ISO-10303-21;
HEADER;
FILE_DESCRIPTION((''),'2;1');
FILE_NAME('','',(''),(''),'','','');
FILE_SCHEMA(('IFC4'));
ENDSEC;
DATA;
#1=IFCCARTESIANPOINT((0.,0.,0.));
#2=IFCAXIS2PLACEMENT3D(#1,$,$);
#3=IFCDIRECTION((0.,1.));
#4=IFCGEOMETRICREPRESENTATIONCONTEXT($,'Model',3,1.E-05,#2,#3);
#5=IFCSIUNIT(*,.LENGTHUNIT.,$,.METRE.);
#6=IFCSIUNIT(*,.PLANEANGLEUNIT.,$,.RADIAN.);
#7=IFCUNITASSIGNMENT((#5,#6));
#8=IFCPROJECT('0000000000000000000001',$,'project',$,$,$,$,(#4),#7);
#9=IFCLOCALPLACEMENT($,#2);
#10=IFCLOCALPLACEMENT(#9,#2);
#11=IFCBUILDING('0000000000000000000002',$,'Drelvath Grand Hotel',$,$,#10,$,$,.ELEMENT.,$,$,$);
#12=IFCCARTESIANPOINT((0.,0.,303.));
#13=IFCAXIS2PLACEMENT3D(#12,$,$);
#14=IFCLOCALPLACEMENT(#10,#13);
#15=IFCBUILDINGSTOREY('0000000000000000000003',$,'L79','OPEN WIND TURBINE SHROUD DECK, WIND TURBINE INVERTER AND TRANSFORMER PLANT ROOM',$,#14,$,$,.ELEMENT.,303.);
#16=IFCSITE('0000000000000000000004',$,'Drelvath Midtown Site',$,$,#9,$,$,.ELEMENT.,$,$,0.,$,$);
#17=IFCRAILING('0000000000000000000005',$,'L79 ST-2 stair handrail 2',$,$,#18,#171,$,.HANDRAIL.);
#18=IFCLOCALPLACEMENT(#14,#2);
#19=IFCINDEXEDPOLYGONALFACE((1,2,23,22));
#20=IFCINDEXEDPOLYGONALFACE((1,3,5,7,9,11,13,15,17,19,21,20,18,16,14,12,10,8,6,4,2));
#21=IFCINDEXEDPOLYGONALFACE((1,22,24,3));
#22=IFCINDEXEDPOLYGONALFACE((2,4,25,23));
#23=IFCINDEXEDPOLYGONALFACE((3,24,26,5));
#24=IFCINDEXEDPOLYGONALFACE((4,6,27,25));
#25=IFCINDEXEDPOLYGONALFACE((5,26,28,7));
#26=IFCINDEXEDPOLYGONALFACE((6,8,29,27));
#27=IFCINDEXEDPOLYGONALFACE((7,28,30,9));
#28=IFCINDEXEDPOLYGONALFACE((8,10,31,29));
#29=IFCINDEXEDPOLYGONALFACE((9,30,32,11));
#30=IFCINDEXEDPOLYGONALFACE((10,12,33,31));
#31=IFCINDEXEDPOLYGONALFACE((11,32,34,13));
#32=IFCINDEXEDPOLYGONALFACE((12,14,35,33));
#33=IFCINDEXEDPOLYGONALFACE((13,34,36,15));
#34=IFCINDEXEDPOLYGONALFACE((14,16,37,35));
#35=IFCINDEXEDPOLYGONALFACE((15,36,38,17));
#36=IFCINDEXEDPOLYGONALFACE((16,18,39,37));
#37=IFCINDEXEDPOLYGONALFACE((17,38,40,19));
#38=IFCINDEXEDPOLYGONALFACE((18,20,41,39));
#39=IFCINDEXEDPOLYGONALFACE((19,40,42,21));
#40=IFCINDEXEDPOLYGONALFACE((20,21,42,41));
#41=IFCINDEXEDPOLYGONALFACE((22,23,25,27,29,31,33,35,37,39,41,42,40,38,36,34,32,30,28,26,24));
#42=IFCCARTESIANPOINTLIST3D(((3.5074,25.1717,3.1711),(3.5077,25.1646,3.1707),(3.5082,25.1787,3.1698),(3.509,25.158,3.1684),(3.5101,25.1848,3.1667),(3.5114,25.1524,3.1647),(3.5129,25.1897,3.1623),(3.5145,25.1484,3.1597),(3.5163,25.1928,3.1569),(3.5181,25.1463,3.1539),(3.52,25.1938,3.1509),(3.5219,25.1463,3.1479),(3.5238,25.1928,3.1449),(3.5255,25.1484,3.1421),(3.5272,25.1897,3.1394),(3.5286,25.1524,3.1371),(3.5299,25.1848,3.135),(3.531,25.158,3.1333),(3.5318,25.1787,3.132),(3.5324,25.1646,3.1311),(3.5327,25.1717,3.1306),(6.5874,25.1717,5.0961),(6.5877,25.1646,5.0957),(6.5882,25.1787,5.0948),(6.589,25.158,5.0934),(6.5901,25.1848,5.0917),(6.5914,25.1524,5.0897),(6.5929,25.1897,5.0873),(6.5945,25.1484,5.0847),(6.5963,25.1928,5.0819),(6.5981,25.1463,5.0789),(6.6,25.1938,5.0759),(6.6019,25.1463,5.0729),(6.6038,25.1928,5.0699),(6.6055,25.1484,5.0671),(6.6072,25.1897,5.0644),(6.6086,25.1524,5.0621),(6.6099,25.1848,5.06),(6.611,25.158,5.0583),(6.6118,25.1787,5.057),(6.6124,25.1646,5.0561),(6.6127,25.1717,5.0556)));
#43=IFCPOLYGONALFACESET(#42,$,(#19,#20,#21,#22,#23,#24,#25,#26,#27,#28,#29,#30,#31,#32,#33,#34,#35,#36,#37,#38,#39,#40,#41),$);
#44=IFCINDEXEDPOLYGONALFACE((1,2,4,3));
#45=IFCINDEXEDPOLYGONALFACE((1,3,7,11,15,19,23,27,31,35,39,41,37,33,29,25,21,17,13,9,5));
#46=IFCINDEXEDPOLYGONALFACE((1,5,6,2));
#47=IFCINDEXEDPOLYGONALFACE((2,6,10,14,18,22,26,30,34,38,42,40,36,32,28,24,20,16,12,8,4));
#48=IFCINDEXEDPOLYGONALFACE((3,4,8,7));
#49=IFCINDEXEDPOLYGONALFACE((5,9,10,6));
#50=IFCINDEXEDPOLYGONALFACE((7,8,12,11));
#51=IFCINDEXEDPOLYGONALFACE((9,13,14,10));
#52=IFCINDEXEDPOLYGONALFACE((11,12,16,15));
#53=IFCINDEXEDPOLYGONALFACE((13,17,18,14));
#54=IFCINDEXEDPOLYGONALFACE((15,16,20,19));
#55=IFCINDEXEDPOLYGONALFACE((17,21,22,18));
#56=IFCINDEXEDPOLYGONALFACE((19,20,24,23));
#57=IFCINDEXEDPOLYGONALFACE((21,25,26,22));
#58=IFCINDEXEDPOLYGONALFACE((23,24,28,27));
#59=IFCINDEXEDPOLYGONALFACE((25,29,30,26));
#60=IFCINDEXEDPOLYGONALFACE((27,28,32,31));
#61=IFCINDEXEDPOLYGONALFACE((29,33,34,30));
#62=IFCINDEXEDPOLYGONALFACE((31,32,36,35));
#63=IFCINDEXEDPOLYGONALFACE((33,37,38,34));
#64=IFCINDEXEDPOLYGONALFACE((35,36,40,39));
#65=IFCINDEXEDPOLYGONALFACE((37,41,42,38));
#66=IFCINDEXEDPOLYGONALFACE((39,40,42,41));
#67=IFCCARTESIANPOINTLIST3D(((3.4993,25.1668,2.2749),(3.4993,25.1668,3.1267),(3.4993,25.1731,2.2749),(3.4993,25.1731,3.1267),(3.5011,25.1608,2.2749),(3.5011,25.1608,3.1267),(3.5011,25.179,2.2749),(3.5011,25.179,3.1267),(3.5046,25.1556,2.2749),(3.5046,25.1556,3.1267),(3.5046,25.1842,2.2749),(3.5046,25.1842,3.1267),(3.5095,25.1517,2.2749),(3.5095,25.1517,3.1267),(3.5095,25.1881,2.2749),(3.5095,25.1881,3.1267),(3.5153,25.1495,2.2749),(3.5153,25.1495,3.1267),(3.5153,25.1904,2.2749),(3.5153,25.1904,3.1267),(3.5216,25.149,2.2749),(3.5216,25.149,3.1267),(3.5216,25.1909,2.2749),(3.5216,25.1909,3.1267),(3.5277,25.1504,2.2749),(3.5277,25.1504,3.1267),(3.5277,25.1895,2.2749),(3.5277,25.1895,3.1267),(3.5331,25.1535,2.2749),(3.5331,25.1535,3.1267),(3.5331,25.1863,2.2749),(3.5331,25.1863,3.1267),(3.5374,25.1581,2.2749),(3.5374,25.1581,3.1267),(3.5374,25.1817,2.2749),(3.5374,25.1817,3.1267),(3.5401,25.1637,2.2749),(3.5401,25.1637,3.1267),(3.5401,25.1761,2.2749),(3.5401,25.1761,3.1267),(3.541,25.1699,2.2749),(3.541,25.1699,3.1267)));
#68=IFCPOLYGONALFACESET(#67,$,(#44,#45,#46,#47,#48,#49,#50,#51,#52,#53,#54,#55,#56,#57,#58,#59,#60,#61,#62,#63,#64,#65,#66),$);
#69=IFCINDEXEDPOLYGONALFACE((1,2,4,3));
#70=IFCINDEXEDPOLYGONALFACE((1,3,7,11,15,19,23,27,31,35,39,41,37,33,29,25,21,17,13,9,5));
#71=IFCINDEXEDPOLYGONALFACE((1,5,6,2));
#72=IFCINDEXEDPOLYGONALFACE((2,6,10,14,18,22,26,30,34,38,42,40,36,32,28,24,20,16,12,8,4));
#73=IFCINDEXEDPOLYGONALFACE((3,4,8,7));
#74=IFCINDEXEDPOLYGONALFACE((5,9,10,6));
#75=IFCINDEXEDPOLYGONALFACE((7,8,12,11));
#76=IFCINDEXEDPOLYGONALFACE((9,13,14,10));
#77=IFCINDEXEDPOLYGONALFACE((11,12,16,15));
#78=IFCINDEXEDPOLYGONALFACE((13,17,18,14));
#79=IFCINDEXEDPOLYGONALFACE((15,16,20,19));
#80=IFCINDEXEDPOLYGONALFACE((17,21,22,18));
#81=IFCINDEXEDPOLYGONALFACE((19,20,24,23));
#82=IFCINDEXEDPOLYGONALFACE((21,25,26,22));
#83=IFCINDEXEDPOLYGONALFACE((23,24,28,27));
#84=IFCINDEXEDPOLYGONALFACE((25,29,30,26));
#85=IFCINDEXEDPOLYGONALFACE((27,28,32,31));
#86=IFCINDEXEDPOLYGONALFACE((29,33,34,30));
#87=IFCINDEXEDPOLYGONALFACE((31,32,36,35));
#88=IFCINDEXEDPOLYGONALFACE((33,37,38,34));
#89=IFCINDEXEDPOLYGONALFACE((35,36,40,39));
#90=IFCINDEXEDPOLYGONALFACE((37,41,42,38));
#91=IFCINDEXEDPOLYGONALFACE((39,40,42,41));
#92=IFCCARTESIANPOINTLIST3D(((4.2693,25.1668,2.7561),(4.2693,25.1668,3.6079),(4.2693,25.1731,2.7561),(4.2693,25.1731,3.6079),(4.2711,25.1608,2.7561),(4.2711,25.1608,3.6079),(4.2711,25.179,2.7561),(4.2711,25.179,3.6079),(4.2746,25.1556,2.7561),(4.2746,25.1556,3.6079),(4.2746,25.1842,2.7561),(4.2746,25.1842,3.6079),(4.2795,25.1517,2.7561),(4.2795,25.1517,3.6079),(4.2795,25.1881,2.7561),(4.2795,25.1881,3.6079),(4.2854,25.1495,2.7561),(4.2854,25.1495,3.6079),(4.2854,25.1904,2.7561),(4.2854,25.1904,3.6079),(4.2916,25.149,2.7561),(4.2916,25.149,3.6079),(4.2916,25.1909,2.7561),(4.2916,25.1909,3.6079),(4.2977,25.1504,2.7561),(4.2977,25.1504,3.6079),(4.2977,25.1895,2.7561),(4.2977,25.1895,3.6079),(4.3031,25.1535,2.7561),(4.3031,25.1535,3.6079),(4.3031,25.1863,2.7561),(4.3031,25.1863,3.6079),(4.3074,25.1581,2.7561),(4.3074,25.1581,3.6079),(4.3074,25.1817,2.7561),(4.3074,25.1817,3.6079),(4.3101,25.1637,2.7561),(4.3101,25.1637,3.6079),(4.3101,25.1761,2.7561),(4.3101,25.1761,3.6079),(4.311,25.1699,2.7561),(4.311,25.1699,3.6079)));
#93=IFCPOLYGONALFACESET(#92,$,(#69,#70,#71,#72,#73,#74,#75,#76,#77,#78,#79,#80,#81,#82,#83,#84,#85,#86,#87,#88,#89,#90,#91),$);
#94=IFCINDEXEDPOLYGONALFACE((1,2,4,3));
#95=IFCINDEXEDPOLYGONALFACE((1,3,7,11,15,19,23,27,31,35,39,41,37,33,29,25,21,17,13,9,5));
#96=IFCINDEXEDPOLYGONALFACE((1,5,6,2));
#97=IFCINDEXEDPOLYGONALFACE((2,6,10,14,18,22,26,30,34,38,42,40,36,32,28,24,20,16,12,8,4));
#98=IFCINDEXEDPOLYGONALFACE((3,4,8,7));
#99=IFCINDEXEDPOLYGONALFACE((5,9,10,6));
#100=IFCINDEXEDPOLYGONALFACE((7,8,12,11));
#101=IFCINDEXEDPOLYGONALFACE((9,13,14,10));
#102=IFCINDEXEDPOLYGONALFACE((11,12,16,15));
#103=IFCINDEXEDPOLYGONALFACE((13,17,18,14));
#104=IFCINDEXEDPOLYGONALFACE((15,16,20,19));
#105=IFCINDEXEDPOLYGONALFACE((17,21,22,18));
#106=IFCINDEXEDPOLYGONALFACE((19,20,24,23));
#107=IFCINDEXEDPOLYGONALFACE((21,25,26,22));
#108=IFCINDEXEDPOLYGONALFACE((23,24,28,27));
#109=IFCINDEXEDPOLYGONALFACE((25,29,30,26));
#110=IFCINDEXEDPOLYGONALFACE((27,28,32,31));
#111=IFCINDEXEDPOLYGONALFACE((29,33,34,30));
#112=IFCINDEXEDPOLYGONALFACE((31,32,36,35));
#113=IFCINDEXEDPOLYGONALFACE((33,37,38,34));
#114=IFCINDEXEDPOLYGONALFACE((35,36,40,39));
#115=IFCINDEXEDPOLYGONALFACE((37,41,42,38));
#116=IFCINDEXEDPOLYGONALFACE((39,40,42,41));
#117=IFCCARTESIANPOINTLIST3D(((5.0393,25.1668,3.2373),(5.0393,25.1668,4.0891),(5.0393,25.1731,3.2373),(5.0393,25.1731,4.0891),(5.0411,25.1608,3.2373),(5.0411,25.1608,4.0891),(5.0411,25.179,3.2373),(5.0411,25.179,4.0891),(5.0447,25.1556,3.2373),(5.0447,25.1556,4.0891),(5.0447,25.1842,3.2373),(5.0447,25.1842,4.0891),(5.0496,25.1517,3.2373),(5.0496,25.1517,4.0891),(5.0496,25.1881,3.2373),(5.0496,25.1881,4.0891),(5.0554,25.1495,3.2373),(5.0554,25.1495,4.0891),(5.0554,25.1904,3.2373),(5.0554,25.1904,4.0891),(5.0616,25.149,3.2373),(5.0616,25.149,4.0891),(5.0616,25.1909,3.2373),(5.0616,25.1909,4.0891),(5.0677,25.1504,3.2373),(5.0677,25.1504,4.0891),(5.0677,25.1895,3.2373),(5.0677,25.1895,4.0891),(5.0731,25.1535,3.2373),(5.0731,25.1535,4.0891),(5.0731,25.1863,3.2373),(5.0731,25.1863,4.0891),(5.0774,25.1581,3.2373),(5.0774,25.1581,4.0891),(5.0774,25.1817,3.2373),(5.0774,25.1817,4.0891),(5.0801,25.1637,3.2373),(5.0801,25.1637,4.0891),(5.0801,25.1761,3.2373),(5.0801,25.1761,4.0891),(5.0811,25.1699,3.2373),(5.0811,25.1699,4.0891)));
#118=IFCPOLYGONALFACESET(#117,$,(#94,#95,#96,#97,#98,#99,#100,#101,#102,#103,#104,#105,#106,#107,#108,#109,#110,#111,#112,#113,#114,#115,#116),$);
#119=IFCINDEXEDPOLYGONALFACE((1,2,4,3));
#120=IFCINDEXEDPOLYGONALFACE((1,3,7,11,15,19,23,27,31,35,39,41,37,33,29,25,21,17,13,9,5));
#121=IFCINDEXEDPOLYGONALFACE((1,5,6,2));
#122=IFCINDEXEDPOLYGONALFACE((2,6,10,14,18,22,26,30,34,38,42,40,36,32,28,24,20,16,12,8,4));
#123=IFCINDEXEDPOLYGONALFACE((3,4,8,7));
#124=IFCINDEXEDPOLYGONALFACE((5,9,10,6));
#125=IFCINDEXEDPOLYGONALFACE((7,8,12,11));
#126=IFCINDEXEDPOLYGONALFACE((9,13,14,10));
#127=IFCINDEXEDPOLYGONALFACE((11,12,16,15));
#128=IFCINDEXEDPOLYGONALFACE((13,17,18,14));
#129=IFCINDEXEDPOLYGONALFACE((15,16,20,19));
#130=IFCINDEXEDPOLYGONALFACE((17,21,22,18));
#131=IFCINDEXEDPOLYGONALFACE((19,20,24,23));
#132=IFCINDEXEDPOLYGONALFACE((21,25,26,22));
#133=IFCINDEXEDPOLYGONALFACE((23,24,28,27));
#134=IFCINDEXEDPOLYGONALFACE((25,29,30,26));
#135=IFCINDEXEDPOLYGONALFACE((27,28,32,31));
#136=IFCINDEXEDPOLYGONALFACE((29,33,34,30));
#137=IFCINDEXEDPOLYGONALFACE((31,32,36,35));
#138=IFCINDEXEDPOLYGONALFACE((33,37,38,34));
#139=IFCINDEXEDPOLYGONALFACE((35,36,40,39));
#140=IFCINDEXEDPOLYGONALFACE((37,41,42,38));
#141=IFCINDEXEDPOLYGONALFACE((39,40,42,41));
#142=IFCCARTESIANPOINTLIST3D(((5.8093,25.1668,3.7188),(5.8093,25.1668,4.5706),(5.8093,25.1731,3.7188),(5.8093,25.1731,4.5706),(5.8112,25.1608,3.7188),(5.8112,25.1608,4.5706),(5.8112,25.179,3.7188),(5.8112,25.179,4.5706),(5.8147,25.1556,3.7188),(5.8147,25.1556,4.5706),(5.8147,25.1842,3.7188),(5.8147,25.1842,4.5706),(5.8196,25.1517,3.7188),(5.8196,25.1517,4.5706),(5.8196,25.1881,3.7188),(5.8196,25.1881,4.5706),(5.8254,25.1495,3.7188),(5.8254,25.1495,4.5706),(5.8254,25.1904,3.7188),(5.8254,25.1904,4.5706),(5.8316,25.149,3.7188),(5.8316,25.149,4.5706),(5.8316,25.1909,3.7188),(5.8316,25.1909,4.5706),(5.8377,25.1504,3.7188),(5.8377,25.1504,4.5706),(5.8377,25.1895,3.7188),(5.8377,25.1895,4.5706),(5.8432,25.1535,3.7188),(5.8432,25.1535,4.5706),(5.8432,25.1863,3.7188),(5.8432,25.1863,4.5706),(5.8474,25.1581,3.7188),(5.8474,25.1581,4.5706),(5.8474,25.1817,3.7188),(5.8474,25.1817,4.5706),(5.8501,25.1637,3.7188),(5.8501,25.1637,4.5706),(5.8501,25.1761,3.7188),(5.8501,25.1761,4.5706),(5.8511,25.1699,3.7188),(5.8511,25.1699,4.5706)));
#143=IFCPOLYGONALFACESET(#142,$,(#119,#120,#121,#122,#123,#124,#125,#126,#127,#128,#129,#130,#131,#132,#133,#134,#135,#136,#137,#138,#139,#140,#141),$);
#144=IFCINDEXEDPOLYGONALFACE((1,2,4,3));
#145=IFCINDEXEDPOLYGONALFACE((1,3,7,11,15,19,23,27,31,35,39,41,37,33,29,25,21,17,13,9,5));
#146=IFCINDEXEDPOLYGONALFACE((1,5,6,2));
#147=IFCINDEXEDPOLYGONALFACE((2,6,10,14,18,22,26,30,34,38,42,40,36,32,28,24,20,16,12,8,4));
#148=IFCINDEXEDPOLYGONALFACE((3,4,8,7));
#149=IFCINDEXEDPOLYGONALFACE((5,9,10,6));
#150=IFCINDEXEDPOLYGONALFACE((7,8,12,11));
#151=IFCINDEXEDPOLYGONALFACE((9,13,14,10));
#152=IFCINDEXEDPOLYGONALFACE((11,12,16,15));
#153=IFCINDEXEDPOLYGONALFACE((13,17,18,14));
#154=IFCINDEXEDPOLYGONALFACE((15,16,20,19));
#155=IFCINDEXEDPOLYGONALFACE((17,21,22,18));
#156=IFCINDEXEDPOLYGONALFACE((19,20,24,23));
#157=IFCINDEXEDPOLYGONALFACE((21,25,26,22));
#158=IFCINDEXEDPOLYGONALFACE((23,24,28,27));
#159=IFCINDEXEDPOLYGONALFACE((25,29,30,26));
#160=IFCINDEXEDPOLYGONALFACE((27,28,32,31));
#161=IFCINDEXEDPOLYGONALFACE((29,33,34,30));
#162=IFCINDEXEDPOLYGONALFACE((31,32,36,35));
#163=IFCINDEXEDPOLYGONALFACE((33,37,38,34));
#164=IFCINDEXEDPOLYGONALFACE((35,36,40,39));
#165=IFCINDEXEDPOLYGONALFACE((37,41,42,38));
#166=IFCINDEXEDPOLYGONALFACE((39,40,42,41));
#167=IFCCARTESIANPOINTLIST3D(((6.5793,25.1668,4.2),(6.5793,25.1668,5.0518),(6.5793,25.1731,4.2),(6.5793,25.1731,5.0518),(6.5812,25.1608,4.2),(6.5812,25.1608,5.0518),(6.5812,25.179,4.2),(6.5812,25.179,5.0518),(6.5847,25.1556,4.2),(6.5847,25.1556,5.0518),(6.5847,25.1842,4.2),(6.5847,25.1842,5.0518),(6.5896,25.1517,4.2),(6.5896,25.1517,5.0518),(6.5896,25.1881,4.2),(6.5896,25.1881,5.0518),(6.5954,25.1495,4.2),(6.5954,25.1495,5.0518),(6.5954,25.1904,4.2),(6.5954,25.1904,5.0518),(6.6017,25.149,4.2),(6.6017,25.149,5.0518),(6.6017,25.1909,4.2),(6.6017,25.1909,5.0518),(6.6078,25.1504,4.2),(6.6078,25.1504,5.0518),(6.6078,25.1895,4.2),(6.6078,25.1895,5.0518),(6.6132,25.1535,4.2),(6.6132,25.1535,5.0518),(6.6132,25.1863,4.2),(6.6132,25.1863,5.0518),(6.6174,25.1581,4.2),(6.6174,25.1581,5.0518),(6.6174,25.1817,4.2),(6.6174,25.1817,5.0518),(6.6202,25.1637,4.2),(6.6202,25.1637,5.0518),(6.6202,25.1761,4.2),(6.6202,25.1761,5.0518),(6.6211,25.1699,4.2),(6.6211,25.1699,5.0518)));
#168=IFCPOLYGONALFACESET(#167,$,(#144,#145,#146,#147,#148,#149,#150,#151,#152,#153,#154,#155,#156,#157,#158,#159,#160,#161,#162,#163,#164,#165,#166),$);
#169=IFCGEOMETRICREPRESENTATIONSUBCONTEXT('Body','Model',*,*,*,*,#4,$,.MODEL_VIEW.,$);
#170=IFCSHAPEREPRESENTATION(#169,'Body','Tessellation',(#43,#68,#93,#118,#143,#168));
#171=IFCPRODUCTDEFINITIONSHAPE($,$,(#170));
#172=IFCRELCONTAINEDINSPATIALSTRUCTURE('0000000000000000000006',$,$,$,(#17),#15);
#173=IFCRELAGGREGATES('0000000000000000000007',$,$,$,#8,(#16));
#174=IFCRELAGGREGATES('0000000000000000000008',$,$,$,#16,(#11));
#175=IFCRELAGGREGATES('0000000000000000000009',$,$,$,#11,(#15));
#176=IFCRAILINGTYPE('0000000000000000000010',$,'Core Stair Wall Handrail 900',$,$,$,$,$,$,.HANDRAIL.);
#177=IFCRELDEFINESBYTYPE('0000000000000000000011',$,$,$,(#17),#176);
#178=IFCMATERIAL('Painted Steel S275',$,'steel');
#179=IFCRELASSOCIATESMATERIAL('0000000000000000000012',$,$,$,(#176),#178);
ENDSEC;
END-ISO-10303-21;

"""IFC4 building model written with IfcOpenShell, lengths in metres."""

from ifc_helpers import new_model, si_unit, direction, frame, origin, origin_2d, place, context, subcontext, project, spatial, circle, extrude, material, type_object, element, save


model = new_model("IFC4")

# Units and contexts
model_context = context("Model", 3, precision=1e-05, world=origin(), true_north=direction((0.0, 1.0)))
body_context = subcontext(model_context, "Body", "Model", "MODEL_VIEW")
ifc_project = project(units=[si_unit("LENGTHUNIT", "METRE"), si_unit("PLANEANGLEUNIT", "RADIAN")], contexts=[model_context])

# Site, building, storey
site_placement = place(None, origin())
site = spatial("IfcSite", under=ifc_project, at=site_placement, Name="Drelvath Midtown Site", CompositionType="ELEMENT", RefElevation=0.0)
building_placement = place(site_placement, origin())
building = spatial("IfcBuilding", under=site, at=building_placement, Name="Drelvath Grand Hotel", CompositionType="ELEMENT")
storey_placement = place(building_placement, frame((0.0, 0.0, 303.0)))
storey = spatial("IfcBuildingStorey", under=building, at=storey_placement, Name="L79", Description="OPEN WIND TURBINE SHROUD DECK, WIND TURBINE INVERTER AND TRANSFORMER PLANT ROOM", CompositionType="ELEMENT", Elevation=303.0)

# Shared definitions
ifc_material_1 = material(Name="Painted Steel S275", Category="steel")

# Railing
railing_type_1 = type_object("IfcRailingType", Name="Core Stair Wall Handrail 900", PredefinedType="HANDRAIL", material=ifc_material_1)
railing_1_placement = place(storey_placement, frame((3.52, 25.1699, 2.2749)))
element("IfcRailing", 1, at=railing_1_placement, inside=storey, type_object=railing_type_1, Name="L79 ST-2 stair handrail 2", PredefinedType="HANDRAIL", context=body_context, shape_type="SweptSolid", body=[
    extrude(circle(Radius=0.0239, at=origin_2d()), frame((0.0, 0.0, 0.876), z_axis=(0.847998, 0.0, 0.529999), x_axis=(0.0, 1.0, 0.0)), (0.0, 0.0, 1.0), 3.6321),
    extrude(circle(Radius=0.021, at=origin_2d()), origin(), (0.0, 0.0, 1.0), 0.8518),
    extrude(circle(Radius=0.021, at=origin_2d()), frame((0.77, 0.0, 0.4812)), (0.0, 0.0, 1.0), 0.8518),
    extrude(circle(Radius=0.021, at=origin_2d()), frame((1.54, 0.0, 0.9624)), (0.0, 0.0, 1.0), 0.8518),
    extrude(circle(Radius=0.021, at=origin_2d()), frame((2.3101, 0.0, 1.4438)), (0.0, 0.0, 1.0), 0.8518),
    extrude(circle(Radius=0.021, at=origin_2d()), frame((3.0801, 0.0, 1.925)), (0.0, 0.0, 1.0), 0.8518),
])

save(model, "model.ifc")
